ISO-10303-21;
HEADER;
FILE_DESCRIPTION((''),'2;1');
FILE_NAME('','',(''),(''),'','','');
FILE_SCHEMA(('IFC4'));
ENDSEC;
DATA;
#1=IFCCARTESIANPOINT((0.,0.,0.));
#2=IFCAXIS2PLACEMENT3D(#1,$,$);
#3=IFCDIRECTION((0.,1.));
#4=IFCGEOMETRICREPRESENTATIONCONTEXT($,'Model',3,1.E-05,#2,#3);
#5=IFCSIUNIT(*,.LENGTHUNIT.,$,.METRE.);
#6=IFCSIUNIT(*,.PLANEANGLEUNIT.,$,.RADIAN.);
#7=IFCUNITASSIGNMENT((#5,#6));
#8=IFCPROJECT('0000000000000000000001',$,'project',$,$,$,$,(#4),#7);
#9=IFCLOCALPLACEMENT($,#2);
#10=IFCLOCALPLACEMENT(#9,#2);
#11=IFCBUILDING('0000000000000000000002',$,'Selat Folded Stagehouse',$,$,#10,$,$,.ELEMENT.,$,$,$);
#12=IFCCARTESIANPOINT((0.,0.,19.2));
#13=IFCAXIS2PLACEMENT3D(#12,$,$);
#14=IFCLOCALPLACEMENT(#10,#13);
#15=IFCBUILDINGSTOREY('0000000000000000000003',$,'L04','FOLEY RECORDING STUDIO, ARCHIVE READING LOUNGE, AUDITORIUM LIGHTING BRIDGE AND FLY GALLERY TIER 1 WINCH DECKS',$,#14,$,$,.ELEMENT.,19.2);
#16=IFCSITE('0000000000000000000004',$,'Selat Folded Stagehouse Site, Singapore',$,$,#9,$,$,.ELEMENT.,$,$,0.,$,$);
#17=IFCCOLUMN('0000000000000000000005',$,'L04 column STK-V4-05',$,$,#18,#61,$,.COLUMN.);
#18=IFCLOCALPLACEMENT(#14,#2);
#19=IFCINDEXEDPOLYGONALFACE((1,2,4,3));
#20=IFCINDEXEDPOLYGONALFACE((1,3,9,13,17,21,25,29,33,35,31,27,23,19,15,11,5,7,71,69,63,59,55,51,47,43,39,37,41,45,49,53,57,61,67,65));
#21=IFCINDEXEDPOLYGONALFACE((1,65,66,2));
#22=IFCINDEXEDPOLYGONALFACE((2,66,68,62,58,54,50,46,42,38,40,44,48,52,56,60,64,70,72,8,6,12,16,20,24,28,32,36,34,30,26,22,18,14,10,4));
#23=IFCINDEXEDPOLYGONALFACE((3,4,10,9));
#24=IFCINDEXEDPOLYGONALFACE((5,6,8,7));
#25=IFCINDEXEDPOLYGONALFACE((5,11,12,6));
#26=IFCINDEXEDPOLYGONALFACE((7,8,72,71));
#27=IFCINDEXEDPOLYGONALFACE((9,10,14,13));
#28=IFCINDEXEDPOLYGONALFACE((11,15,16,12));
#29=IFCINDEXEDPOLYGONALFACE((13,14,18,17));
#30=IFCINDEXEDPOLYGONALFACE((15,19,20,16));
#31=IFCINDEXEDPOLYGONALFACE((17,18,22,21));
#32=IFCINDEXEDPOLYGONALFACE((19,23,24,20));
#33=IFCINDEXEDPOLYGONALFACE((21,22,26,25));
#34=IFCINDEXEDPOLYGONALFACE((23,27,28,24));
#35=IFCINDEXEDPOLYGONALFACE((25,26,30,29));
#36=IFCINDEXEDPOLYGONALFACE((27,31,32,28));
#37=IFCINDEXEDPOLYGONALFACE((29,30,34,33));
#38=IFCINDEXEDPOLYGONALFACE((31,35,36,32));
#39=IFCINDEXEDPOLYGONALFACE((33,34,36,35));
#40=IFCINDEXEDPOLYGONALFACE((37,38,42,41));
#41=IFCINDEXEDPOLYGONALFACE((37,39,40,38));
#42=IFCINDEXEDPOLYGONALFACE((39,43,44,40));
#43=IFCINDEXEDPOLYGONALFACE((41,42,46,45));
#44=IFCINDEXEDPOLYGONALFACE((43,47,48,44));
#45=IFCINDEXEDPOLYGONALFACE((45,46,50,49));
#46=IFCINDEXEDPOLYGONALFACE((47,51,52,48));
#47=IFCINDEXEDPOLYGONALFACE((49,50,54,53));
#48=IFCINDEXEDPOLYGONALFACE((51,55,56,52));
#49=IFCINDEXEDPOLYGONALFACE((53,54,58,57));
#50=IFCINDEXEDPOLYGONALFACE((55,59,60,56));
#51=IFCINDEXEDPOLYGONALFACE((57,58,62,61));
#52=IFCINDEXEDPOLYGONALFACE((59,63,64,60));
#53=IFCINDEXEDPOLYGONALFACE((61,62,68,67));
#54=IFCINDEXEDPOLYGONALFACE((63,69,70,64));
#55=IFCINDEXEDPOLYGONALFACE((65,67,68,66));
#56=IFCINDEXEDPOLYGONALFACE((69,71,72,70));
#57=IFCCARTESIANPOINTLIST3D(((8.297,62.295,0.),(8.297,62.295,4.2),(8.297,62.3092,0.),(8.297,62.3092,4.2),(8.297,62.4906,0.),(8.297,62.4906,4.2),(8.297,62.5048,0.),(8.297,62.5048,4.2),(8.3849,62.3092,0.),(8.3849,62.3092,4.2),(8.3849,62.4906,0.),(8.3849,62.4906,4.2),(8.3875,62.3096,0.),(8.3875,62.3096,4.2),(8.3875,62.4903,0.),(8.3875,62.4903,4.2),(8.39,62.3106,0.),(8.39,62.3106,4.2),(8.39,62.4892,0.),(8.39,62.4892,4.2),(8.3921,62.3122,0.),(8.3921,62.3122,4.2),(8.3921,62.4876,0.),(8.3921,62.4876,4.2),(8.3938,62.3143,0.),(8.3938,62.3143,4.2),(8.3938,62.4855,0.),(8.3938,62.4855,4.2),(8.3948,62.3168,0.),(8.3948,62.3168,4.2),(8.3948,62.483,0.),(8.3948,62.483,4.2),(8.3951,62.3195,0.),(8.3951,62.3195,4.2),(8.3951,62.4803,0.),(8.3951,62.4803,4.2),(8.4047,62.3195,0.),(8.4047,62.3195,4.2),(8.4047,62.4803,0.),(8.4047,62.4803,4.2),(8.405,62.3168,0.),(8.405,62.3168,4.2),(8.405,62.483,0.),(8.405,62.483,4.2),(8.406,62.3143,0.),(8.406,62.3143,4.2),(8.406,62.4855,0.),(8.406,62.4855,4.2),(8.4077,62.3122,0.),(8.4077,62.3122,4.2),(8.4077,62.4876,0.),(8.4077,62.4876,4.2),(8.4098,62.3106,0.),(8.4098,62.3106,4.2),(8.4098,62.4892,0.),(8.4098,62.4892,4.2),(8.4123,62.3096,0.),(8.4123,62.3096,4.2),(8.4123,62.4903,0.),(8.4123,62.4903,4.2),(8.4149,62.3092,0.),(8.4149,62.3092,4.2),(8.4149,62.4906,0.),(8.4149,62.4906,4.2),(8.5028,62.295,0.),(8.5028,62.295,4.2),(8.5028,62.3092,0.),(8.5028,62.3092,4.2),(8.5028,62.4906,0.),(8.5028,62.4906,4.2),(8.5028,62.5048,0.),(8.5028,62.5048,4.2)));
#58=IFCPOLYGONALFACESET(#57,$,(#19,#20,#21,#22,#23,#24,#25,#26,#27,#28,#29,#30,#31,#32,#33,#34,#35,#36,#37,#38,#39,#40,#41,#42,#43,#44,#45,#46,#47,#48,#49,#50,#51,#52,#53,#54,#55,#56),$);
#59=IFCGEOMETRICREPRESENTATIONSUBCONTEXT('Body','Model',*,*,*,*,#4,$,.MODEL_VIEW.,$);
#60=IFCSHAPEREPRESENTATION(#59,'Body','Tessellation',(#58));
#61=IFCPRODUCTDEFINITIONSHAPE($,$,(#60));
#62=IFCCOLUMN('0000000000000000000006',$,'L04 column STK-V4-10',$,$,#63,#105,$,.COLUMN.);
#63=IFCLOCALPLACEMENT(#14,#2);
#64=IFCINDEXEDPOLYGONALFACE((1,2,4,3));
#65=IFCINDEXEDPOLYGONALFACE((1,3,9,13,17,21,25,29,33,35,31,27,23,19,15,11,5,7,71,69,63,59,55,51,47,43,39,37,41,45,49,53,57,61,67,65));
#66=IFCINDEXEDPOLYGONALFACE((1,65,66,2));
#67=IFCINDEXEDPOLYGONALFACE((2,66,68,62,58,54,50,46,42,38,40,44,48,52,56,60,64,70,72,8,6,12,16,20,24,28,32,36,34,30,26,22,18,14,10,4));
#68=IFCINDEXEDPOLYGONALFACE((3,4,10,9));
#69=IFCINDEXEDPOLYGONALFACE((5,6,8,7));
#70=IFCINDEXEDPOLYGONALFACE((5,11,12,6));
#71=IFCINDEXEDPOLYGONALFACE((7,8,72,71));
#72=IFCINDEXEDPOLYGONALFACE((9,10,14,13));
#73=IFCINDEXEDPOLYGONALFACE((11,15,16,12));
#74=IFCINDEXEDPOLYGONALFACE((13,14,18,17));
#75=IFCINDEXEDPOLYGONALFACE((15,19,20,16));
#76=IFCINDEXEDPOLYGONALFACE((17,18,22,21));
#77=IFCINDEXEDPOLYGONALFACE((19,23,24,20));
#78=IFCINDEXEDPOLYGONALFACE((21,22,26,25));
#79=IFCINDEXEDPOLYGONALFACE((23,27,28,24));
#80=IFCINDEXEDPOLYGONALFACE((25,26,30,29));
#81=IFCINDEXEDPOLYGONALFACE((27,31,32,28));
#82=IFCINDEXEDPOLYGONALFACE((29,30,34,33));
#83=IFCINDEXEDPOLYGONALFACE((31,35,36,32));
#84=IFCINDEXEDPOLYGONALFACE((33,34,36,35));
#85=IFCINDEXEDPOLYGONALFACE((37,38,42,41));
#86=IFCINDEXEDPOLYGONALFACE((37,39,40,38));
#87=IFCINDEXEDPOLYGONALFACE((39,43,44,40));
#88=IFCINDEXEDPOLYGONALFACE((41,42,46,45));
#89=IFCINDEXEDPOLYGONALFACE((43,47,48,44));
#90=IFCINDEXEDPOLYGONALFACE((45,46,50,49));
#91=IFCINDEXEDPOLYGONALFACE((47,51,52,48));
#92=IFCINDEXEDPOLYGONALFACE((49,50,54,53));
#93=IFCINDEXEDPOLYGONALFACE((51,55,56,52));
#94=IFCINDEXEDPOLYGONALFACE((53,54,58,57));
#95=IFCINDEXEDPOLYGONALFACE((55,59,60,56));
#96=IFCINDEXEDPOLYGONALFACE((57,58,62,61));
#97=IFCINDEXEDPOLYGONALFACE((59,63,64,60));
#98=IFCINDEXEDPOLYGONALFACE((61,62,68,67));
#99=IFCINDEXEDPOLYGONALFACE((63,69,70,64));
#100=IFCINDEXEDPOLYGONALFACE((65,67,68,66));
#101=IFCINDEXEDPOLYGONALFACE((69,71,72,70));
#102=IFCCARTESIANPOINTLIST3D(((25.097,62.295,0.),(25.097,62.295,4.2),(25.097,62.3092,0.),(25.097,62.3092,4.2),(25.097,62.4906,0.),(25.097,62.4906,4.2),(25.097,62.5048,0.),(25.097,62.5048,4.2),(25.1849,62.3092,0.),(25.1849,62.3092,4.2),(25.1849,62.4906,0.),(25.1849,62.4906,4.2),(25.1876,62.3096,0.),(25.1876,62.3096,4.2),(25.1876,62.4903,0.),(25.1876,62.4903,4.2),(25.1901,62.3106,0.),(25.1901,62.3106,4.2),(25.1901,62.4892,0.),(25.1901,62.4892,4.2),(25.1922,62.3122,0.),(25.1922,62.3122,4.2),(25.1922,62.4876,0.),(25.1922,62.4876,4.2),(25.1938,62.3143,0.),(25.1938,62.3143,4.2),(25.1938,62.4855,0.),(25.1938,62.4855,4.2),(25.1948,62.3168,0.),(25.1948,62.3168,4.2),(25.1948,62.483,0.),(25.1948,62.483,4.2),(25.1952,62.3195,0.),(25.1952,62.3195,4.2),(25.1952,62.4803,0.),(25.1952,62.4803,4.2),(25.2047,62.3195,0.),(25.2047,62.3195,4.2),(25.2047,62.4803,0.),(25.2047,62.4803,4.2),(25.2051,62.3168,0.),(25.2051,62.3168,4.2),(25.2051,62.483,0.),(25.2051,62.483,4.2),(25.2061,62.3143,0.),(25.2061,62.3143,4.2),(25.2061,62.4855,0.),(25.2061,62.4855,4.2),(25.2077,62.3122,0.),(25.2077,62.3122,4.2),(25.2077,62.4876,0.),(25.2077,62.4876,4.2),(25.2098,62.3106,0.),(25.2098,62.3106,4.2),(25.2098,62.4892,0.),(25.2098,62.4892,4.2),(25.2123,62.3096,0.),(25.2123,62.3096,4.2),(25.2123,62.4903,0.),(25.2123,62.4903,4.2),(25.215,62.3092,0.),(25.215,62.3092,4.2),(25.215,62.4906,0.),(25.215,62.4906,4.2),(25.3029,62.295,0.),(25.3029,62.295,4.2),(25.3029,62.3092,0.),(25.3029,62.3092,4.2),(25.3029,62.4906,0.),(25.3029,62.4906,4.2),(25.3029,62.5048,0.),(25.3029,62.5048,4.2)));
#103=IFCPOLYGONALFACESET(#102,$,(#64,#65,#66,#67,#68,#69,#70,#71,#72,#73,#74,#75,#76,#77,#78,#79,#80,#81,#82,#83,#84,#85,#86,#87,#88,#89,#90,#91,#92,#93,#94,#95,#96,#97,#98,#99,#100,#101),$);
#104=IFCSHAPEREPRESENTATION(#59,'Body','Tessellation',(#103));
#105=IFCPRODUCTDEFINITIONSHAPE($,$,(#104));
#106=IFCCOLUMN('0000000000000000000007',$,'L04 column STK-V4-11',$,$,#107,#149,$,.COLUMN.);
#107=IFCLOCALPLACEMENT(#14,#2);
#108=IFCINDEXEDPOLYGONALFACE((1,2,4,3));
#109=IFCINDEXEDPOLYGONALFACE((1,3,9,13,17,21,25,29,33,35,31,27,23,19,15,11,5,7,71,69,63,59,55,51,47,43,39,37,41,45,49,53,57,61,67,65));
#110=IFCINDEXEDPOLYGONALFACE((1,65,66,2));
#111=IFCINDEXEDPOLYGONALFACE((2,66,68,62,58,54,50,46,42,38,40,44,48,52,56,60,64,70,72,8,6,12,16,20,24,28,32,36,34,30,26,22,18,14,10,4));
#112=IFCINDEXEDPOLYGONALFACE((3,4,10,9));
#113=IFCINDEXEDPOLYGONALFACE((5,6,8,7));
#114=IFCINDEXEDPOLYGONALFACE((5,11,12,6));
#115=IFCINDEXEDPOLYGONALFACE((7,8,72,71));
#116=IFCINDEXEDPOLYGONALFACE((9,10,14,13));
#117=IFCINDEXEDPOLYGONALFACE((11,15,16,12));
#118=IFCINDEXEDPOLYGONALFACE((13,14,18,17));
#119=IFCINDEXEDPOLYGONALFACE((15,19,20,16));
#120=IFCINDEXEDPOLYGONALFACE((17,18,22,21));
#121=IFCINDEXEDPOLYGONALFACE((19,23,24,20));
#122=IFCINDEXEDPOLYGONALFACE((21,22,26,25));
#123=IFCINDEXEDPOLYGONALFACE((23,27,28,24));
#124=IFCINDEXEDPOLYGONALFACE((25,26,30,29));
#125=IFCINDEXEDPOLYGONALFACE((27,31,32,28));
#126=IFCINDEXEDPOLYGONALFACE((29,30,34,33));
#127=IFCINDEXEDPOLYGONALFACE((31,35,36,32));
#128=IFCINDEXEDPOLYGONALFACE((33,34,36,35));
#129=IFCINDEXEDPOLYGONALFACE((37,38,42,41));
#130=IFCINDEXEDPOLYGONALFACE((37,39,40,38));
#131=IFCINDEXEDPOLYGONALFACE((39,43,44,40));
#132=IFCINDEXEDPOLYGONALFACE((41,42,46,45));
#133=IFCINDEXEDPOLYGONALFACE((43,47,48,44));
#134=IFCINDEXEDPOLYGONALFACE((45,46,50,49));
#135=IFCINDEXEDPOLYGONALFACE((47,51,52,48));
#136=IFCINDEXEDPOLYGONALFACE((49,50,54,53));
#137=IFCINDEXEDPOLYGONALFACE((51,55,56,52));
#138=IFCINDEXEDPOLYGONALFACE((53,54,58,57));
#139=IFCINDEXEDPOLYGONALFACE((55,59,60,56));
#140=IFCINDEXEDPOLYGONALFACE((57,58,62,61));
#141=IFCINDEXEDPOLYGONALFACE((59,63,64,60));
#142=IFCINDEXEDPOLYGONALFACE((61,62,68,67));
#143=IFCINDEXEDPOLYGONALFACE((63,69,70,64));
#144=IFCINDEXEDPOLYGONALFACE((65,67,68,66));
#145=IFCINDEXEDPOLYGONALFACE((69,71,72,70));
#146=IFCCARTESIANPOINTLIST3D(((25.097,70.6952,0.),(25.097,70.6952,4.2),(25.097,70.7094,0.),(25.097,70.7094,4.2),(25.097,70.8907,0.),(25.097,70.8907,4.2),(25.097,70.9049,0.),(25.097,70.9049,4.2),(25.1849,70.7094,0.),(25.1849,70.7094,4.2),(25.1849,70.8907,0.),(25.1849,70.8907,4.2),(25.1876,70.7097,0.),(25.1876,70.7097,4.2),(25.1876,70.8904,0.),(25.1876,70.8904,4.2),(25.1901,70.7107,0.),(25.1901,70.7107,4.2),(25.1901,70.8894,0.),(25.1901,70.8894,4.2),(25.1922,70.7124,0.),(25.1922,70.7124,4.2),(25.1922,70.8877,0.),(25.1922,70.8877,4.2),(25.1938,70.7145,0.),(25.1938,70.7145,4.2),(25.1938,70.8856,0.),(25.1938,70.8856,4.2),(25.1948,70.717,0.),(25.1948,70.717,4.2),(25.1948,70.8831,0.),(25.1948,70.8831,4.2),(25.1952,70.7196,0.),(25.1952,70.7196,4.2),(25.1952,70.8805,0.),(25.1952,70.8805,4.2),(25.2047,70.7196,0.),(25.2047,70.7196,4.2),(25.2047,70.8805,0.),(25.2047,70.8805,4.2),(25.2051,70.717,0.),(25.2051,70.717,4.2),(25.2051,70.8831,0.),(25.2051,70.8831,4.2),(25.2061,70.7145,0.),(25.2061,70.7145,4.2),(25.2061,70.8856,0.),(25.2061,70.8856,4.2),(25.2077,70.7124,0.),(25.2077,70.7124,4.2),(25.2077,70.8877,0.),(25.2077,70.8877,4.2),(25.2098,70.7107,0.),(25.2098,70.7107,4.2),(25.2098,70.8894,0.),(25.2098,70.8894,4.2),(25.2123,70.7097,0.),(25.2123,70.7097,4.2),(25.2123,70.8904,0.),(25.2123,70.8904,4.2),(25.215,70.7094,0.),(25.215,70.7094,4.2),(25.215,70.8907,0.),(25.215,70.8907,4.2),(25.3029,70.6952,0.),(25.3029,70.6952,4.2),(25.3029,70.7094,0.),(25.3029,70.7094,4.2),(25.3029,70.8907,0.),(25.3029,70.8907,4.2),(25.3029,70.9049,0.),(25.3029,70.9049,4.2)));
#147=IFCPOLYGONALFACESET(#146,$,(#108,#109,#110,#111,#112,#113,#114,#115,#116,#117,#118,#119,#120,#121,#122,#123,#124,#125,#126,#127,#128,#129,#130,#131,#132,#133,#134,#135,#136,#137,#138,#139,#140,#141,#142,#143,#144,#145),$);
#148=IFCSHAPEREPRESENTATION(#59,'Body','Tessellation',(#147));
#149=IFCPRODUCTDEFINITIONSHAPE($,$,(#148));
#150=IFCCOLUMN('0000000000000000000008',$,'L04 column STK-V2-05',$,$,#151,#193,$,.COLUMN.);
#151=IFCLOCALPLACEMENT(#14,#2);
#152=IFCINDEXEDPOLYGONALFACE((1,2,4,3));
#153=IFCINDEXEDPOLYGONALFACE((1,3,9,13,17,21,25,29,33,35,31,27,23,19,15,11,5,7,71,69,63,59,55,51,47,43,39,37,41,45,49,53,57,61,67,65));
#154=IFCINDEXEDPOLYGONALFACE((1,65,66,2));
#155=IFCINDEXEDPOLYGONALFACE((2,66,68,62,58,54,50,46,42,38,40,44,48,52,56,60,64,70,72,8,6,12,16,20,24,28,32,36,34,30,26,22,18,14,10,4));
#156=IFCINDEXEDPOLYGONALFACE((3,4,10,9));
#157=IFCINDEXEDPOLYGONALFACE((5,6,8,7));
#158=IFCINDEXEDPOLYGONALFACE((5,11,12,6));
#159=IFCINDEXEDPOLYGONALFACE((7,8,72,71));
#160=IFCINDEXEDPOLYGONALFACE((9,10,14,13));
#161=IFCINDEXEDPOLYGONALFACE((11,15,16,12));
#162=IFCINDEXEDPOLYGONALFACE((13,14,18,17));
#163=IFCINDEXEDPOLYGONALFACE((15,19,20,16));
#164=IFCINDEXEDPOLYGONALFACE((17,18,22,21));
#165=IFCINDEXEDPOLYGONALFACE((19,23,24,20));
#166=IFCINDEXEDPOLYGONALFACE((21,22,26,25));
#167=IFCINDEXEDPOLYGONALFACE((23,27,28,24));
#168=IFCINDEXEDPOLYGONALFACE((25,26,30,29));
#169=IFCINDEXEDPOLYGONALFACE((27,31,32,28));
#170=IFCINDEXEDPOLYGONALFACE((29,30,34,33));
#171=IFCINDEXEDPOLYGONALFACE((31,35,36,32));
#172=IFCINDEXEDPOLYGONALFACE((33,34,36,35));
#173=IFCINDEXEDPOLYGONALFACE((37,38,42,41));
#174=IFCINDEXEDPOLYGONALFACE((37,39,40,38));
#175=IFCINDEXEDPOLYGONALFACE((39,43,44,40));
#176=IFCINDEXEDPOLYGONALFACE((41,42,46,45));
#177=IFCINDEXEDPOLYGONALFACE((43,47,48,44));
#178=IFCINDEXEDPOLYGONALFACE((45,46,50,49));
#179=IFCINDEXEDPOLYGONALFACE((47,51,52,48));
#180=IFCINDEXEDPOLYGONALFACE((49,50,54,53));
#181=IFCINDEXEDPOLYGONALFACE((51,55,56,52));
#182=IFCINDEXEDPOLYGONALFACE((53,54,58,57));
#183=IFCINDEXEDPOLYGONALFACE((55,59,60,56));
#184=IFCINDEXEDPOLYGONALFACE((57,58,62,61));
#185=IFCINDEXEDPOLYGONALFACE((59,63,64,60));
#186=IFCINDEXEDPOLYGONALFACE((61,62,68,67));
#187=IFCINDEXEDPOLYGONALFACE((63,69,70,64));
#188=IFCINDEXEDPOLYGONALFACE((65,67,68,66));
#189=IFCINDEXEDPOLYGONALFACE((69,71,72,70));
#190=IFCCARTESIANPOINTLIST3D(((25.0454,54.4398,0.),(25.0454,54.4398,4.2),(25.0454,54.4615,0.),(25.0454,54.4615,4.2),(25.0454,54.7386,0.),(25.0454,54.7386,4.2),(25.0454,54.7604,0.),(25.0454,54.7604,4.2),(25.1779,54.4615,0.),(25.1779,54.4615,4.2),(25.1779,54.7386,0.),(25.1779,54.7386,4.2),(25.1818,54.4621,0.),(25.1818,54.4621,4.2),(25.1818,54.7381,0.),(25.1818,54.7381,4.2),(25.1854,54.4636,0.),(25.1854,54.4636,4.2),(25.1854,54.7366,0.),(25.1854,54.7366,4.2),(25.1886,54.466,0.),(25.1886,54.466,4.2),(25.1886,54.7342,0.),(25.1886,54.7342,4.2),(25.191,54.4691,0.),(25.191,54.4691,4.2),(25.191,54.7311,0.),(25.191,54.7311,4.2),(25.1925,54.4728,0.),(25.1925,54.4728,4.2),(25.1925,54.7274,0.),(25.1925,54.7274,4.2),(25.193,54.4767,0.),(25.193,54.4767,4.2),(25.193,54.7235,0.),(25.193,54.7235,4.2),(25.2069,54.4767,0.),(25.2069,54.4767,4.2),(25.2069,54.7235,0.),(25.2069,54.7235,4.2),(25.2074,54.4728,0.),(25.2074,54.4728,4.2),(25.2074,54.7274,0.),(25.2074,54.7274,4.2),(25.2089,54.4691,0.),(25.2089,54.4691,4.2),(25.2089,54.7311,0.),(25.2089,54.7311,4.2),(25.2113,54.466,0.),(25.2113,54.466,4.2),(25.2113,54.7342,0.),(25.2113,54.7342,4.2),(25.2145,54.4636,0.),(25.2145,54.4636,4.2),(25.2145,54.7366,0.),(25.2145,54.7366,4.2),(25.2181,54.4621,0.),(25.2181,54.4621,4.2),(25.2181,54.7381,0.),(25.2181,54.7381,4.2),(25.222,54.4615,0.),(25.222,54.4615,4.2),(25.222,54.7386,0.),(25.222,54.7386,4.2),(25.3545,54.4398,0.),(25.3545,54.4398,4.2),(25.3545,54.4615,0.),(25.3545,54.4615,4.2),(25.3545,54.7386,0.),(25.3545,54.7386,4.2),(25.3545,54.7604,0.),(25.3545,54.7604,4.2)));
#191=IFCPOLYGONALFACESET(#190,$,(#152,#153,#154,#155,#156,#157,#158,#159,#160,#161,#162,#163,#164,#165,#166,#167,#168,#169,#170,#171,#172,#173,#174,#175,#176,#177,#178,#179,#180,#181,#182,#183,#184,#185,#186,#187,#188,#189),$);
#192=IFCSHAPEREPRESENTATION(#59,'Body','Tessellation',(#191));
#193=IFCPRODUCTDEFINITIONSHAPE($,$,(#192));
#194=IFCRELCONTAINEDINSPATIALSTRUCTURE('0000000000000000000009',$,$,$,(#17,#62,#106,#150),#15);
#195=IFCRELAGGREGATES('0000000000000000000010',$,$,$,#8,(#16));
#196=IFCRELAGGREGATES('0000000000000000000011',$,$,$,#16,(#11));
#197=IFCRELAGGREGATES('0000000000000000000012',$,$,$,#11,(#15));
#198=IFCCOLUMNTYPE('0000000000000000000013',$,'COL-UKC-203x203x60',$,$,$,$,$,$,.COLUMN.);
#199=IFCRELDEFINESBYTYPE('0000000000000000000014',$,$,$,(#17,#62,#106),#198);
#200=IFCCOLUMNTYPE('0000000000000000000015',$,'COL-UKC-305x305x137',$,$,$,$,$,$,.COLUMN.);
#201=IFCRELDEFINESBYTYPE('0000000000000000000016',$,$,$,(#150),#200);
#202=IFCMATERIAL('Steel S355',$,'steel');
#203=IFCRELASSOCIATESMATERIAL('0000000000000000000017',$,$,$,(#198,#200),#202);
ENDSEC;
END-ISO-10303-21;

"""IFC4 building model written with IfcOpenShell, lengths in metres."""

from ifc_helpers import new_model, si_unit, direction, frame, origin, origin_2d, place, context, subcontext, project, spatial, i_section, extrude, material, material_profile, profile_set, type_object, element, save


model = new_model("IFC4")

# Units and contexts
model_context = context("Model", 3, precision=1e-05, world=origin(), true_north=direction((0.0, 1.0)))
body_context = subcontext(model_context, "Body", "Model", "MODEL_VIEW")
ifc_project = project(units=[si_unit("LENGTHUNIT", "METRE"), si_unit("PLANEANGLEUNIT", "RADIAN")], contexts=[model_context])

# Site, building, storey
site_placement = place(None, origin())
site = spatial("IfcSite", under=ifc_project, at=site_placement, Name="Selat Folded Stagehouse Site, Singapore", CompositionType="ELEMENT", RefElevation=0.0)
building_placement = place(site_placement, origin())
building = spatial("IfcBuilding", under=site, at=building_placement, Name="Selat Folded Stagehouse", CompositionType="ELEMENT")
storey_placement = place(building_placement, frame((0.0, 0.0, 19.2)))
storey = spatial("IfcBuildingStorey", under=building, at=storey_placement, Name="L04", Description="FOLEY RECORDING STUDIO, ARCHIVE READING LOUNGE, AUDITORIUM LIGHTING BRIDGE AND FLY GALLERY TIER 1 WINCH DECKS", CompositionType="ELEMENT", Elevation=19.2)

# Columns
ifc_material_1 = material(Name="Steel S355", Category="steel")
ifc_material_profile_1 = material_profile(ifc_material_1, i_section(OverallWidth=0.2058, OverallDepth=0.2097, WebThickness=0.0095, FlangeThickness=0.0142, FilletRadius=0.0103, at=origin_2d()), Name="UKC 203x203x60")
ifc_profile_set_1 = profile_set([ifc_material_profile_1], Name="Steel S355")
column_type_1 = type_object("IfcColumnType", Name="COL-UKC-203x203x60", PredefinedType="COLUMN", material=ifc_profile_set_1)
for number, where, z_axis, x_axis, name in (
    (1, (8.3999, 62.3999, 0.0), (0.0, 0.0, 1.0), (1.0, 0.0, 0.0), "L04 column STK-V4-05"),
    (2, (25.2, 62.3999, 0.0), (0.0, 0.0, 1.0), (1.0, 0.0, 0.0), "L04 column STK-V4-10"),
    (3, (25.2, 70.8, 0.0), (0.0, 0.0, 1.0), (1.0, 0.0, 0.0), "L04 column STK-V4-11"),
):
    element("IfcColumn", number, at=place(storey_placement, frame(where, z_axis=z_axis, x_axis=x_axis)), inside=storey, type_object=column_type_1, Name=name, PredefinedType="COLUMN", context=body_context, shape_type="SweptSolid", body=[
        extrude(i_section(OverallWidth=0.2058, OverallDepth=0.2097, WebThickness=0.0095, FlangeThickness=0.0142, FilletRadius=0.0103, at=origin_2d()), origin(), (0.0, 0.0, 1.0), 4.2),
    ])
ifc_material_profile_2 = material_profile(ifc_material_1, i_section(OverallWidth=0.3091, OverallDepth=0.3206, WebThickness=0.0139, FlangeThickness=0.0217, FilletRadius=0.0151, at=origin_2d()), Name="UKC 305x305x137")
ifc_profile_set_2 = profile_set([ifc_material_profile_2], Name="Steel S355")
column_type_2 = type_object("IfcColumnType", Name="COL-UKC-305x305x137", PredefinedType="COLUMN", material=ifc_profile_set_2)
column_placement = place(storey_placement, frame((25.2, 54.6001, 0.0), z_axis=(0.0, 0.0, 1.0), x_axis=(1.0, 0.0, 0.0)))
element("IfcColumn", 4, at=column_placement, inside=storey, type_object=column_type_2, Name="L04 column STK-V2-05", PredefinedType="COLUMN", context=body_context, shape_type="SweptSolid", body=[
    extrude(i_section(OverallWidth=0.3091, OverallDepth=0.3206, WebThickness=0.0139, FlangeThickness=0.0217, FilletRadius=0.0151, at=origin_2d()), origin(), (0.0, 0.0, 1.0), 4.2),
])

save(model, "model.ifc")
